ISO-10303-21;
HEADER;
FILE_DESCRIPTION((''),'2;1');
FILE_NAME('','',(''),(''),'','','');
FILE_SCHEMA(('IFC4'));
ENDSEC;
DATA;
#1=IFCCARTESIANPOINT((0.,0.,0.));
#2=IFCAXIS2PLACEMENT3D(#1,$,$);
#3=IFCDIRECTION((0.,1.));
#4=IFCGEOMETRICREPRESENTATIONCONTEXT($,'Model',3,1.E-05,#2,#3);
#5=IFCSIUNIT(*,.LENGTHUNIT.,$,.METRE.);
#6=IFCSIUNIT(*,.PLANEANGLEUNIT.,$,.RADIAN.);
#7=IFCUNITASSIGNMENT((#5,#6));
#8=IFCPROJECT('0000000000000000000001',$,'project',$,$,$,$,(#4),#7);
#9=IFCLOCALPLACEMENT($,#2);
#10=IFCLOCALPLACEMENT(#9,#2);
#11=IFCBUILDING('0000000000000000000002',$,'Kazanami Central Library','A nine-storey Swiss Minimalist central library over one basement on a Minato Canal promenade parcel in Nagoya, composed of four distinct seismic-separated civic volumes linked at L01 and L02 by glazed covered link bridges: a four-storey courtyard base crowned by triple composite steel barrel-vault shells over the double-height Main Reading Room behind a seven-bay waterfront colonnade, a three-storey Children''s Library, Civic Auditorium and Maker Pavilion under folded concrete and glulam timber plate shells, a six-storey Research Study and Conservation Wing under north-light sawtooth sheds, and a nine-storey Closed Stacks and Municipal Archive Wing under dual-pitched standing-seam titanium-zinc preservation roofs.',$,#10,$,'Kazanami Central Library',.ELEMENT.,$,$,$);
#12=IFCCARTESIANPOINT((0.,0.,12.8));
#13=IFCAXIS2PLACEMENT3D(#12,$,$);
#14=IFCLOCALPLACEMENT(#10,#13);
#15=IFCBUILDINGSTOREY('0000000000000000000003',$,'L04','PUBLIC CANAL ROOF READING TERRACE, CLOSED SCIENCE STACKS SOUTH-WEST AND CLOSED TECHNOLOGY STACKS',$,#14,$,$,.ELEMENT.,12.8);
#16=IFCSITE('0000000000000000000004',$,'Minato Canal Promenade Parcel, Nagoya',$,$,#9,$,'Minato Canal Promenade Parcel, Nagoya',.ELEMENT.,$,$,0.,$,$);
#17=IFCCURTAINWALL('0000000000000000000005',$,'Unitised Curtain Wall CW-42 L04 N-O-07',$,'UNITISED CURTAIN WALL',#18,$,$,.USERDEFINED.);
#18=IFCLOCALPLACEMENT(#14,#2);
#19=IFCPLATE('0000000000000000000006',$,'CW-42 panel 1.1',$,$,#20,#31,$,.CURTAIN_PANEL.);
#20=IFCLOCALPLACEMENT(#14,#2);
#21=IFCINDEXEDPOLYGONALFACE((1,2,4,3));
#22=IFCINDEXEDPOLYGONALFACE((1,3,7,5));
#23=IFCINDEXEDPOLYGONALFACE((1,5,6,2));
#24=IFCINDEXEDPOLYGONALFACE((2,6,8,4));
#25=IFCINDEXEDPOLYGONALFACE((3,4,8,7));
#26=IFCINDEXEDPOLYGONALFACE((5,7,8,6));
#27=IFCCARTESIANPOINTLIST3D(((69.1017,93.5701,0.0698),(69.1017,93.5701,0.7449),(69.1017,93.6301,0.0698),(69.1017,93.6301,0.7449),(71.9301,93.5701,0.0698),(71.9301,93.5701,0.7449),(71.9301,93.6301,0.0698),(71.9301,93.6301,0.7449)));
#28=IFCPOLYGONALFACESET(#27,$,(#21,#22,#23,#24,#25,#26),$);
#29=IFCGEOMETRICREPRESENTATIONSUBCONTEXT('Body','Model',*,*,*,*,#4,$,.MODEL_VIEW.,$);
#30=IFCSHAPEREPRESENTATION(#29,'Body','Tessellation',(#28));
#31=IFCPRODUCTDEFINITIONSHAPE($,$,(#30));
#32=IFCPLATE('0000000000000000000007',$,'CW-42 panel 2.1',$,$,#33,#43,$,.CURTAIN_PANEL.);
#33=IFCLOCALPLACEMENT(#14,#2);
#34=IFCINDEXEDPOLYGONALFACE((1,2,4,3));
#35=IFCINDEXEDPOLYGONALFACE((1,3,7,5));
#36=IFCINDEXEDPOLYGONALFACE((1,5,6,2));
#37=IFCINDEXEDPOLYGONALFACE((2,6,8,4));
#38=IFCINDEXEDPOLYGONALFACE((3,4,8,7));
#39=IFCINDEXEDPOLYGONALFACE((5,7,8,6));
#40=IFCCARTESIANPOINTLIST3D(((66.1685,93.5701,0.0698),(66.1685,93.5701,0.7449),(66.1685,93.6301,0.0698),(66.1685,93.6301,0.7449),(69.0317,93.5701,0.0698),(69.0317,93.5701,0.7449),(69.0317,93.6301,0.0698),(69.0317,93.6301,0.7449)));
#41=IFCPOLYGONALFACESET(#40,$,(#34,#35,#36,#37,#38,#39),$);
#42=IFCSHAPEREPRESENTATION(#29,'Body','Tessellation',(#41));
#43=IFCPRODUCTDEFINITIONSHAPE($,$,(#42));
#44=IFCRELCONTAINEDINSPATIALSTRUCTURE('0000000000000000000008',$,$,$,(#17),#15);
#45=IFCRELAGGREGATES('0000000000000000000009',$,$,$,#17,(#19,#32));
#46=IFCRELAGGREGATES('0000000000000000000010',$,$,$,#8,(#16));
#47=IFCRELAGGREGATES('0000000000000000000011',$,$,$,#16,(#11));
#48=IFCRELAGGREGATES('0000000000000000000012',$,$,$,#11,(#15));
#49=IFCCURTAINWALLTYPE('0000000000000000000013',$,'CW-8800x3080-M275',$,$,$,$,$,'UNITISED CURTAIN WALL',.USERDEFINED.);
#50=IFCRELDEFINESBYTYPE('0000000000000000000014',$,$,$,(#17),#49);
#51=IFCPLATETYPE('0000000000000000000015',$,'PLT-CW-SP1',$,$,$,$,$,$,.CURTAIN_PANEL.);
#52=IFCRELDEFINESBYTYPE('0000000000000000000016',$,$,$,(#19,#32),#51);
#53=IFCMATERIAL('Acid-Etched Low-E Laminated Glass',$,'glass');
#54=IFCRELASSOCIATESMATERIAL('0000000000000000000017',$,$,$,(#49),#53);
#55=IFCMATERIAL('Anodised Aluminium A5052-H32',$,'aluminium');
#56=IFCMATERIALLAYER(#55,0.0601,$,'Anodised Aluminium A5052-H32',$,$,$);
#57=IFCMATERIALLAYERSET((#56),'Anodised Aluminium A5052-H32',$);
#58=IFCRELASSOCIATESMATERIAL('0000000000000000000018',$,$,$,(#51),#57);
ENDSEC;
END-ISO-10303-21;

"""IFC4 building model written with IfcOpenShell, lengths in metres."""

from ifc_helpers import new_model, si_unit, direction, frame, origin, origin_2d, place, context, subcontext, project, spatial, rectangle, extrude, material, layer, layer_set, type_object, element, aggregate, save


model = new_model("IFC4")

# Units and contexts
model_context = context("Model", 3, precision=1e-05, world=origin(), true_north=direction((0.0, 1.0)))
body_context = subcontext(model_context, "Body", "Model", "MODEL_VIEW")
ifc_project = project(units=[si_unit("LENGTHUNIT", "METRE"), si_unit("PLANEANGLEUNIT", "RADIAN")], contexts=[model_context])

# Site, building, storey
site_placement = place(None, origin())
site = spatial("IfcSite", under=ifc_project, at=site_placement, Name="Minato Canal Promenade Parcel, Nagoya", LongName="Minato Canal Promenade Parcel, Nagoya", CompositionType="ELEMENT", RefElevation=0.0)
building_placement = place(site_placement, origin())
building = spatial("IfcBuilding", under=site, at=building_placement, Name="Kazanami Central Library", Description="A nine-storey Swiss Minimalist central library over one basement on a Minato Canal promenade parcel in Nagoya, composed of four distinct seismic-separated civic volumes linked at L01 and L02 by glazed covered link bridges: a four-storey courtyard base crowned by triple composite steel barrel-vault shells over the double-height Main Reading Room behind a seven-bay waterfront colonnade, a three-storey Children's Library, Civic Auditorium and Maker Pavilion under folded concrete and glulam timber plate shells, a six-storey Research Study and Conservation Wing under north-light sawtooth sheds, and a nine-storey Closed Stacks and Municipal Archive Wing under dual-pitched standing-seam titanium-zinc preservation roofs.", LongName="Kazanami Central Library", CompositionType="ELEMENT")
storey_placement = place(building_placement, frame((0.0, 0.0, 12.8)))
storey = spatial("IfcBuildingStorey", under=building, at=storey_placement, Name="L04", Description="PUBLIC CANAL ROOF READING TERRACE, CLOSED SCIENCE STACKS SOUTH-WEST AND CLOSED TECHNOLOGY STACKS", CompositionType="ELEMENT", Elevation=12.8)

# Curtain wall
ifc_material_1 = material(Name="Acid-Etched Low-E Laminated Glass", Category="glass")
curtain_wall_type = type_object("IfcCurtainWallType", Name="CW-8800x3080-M275", ElementType="UNITISED CURTAIN WALL", PredefinedType="USERDEFINED", material=ifc_material_1)
curtain_wall_placement = place(storey_placement, origin())
curtain_wall = element("IfcCurtainWall", 1, at=curtain_wall_placement, inside=storey, type_object=curtain_wall_type, Name="Unitised Curtain Wall CW-42 L04 N-O-07", ObjectType="UNITISED CURTAIN WALL", PredefinedType="USERDEFINED")

# Plates
ifc_material_2 = material(Name="Anodised Aluminium A5052-H32", Category="aluminium")
ifc_layer_1 = layer(ifc_material_2, 0.0601, Name="Anodised Aluminium A5052-H32")
ifc_layer_set_1 = layer_set([ifc_layer_1], Name="Anodised Aluminium A5052-H32")
plate_type_1 = type_object("IfcPlateType", Name="PLT-CW-SP1", PredefinedType="CURTAIN_PANEL", material=ifc_layer_set_1)
plate_1_placement = place(storey_placement, frame((70.5159, 93.6001, 0.0698), z_axis=(0.0, 0.0, 1.0), x_axis=(-1.0, 0.0, 0.0)))
plate_1 = element("IfcPlate", 2, at=plate_1_placement, type_object=plate_type_1, Name="CW-42 panel 1.1", PredefinedType="CURTAIN_PANEL", context=body_context, shape_type="SweptSolid", body=[
    extrude(rectangle(XDim=2.8284, YDim=0.0601, at=origin_2d()), origin(), (0.0, 0.0, 1.0), 0.675),
])
plate_2_placement = place(storey_placement, frame((67.6001, 93.6001, 0.0698), z_axis=(0.0, 0.0, 1.0), x_axis=(-1.0, 0.0, 0.0)))
plate_2 = element("IfcPlate", 3, at=plate_2_placement, type_object=plate_type_1, Name="CW-42 panel 2.1", PredefinedType="CURTAIN_PANEL", context=body_context, shape_type="SweptSolid", body=[
    extrude(rectangle(XDim=2.8633, YDim=0.0601, at=origin_2d()), origin(), (0.0, 0.0, 1.0), 0.675),
])
aggregate(curtain_wall, [plate_1, plate_2])

save(model, "model.ifc")
